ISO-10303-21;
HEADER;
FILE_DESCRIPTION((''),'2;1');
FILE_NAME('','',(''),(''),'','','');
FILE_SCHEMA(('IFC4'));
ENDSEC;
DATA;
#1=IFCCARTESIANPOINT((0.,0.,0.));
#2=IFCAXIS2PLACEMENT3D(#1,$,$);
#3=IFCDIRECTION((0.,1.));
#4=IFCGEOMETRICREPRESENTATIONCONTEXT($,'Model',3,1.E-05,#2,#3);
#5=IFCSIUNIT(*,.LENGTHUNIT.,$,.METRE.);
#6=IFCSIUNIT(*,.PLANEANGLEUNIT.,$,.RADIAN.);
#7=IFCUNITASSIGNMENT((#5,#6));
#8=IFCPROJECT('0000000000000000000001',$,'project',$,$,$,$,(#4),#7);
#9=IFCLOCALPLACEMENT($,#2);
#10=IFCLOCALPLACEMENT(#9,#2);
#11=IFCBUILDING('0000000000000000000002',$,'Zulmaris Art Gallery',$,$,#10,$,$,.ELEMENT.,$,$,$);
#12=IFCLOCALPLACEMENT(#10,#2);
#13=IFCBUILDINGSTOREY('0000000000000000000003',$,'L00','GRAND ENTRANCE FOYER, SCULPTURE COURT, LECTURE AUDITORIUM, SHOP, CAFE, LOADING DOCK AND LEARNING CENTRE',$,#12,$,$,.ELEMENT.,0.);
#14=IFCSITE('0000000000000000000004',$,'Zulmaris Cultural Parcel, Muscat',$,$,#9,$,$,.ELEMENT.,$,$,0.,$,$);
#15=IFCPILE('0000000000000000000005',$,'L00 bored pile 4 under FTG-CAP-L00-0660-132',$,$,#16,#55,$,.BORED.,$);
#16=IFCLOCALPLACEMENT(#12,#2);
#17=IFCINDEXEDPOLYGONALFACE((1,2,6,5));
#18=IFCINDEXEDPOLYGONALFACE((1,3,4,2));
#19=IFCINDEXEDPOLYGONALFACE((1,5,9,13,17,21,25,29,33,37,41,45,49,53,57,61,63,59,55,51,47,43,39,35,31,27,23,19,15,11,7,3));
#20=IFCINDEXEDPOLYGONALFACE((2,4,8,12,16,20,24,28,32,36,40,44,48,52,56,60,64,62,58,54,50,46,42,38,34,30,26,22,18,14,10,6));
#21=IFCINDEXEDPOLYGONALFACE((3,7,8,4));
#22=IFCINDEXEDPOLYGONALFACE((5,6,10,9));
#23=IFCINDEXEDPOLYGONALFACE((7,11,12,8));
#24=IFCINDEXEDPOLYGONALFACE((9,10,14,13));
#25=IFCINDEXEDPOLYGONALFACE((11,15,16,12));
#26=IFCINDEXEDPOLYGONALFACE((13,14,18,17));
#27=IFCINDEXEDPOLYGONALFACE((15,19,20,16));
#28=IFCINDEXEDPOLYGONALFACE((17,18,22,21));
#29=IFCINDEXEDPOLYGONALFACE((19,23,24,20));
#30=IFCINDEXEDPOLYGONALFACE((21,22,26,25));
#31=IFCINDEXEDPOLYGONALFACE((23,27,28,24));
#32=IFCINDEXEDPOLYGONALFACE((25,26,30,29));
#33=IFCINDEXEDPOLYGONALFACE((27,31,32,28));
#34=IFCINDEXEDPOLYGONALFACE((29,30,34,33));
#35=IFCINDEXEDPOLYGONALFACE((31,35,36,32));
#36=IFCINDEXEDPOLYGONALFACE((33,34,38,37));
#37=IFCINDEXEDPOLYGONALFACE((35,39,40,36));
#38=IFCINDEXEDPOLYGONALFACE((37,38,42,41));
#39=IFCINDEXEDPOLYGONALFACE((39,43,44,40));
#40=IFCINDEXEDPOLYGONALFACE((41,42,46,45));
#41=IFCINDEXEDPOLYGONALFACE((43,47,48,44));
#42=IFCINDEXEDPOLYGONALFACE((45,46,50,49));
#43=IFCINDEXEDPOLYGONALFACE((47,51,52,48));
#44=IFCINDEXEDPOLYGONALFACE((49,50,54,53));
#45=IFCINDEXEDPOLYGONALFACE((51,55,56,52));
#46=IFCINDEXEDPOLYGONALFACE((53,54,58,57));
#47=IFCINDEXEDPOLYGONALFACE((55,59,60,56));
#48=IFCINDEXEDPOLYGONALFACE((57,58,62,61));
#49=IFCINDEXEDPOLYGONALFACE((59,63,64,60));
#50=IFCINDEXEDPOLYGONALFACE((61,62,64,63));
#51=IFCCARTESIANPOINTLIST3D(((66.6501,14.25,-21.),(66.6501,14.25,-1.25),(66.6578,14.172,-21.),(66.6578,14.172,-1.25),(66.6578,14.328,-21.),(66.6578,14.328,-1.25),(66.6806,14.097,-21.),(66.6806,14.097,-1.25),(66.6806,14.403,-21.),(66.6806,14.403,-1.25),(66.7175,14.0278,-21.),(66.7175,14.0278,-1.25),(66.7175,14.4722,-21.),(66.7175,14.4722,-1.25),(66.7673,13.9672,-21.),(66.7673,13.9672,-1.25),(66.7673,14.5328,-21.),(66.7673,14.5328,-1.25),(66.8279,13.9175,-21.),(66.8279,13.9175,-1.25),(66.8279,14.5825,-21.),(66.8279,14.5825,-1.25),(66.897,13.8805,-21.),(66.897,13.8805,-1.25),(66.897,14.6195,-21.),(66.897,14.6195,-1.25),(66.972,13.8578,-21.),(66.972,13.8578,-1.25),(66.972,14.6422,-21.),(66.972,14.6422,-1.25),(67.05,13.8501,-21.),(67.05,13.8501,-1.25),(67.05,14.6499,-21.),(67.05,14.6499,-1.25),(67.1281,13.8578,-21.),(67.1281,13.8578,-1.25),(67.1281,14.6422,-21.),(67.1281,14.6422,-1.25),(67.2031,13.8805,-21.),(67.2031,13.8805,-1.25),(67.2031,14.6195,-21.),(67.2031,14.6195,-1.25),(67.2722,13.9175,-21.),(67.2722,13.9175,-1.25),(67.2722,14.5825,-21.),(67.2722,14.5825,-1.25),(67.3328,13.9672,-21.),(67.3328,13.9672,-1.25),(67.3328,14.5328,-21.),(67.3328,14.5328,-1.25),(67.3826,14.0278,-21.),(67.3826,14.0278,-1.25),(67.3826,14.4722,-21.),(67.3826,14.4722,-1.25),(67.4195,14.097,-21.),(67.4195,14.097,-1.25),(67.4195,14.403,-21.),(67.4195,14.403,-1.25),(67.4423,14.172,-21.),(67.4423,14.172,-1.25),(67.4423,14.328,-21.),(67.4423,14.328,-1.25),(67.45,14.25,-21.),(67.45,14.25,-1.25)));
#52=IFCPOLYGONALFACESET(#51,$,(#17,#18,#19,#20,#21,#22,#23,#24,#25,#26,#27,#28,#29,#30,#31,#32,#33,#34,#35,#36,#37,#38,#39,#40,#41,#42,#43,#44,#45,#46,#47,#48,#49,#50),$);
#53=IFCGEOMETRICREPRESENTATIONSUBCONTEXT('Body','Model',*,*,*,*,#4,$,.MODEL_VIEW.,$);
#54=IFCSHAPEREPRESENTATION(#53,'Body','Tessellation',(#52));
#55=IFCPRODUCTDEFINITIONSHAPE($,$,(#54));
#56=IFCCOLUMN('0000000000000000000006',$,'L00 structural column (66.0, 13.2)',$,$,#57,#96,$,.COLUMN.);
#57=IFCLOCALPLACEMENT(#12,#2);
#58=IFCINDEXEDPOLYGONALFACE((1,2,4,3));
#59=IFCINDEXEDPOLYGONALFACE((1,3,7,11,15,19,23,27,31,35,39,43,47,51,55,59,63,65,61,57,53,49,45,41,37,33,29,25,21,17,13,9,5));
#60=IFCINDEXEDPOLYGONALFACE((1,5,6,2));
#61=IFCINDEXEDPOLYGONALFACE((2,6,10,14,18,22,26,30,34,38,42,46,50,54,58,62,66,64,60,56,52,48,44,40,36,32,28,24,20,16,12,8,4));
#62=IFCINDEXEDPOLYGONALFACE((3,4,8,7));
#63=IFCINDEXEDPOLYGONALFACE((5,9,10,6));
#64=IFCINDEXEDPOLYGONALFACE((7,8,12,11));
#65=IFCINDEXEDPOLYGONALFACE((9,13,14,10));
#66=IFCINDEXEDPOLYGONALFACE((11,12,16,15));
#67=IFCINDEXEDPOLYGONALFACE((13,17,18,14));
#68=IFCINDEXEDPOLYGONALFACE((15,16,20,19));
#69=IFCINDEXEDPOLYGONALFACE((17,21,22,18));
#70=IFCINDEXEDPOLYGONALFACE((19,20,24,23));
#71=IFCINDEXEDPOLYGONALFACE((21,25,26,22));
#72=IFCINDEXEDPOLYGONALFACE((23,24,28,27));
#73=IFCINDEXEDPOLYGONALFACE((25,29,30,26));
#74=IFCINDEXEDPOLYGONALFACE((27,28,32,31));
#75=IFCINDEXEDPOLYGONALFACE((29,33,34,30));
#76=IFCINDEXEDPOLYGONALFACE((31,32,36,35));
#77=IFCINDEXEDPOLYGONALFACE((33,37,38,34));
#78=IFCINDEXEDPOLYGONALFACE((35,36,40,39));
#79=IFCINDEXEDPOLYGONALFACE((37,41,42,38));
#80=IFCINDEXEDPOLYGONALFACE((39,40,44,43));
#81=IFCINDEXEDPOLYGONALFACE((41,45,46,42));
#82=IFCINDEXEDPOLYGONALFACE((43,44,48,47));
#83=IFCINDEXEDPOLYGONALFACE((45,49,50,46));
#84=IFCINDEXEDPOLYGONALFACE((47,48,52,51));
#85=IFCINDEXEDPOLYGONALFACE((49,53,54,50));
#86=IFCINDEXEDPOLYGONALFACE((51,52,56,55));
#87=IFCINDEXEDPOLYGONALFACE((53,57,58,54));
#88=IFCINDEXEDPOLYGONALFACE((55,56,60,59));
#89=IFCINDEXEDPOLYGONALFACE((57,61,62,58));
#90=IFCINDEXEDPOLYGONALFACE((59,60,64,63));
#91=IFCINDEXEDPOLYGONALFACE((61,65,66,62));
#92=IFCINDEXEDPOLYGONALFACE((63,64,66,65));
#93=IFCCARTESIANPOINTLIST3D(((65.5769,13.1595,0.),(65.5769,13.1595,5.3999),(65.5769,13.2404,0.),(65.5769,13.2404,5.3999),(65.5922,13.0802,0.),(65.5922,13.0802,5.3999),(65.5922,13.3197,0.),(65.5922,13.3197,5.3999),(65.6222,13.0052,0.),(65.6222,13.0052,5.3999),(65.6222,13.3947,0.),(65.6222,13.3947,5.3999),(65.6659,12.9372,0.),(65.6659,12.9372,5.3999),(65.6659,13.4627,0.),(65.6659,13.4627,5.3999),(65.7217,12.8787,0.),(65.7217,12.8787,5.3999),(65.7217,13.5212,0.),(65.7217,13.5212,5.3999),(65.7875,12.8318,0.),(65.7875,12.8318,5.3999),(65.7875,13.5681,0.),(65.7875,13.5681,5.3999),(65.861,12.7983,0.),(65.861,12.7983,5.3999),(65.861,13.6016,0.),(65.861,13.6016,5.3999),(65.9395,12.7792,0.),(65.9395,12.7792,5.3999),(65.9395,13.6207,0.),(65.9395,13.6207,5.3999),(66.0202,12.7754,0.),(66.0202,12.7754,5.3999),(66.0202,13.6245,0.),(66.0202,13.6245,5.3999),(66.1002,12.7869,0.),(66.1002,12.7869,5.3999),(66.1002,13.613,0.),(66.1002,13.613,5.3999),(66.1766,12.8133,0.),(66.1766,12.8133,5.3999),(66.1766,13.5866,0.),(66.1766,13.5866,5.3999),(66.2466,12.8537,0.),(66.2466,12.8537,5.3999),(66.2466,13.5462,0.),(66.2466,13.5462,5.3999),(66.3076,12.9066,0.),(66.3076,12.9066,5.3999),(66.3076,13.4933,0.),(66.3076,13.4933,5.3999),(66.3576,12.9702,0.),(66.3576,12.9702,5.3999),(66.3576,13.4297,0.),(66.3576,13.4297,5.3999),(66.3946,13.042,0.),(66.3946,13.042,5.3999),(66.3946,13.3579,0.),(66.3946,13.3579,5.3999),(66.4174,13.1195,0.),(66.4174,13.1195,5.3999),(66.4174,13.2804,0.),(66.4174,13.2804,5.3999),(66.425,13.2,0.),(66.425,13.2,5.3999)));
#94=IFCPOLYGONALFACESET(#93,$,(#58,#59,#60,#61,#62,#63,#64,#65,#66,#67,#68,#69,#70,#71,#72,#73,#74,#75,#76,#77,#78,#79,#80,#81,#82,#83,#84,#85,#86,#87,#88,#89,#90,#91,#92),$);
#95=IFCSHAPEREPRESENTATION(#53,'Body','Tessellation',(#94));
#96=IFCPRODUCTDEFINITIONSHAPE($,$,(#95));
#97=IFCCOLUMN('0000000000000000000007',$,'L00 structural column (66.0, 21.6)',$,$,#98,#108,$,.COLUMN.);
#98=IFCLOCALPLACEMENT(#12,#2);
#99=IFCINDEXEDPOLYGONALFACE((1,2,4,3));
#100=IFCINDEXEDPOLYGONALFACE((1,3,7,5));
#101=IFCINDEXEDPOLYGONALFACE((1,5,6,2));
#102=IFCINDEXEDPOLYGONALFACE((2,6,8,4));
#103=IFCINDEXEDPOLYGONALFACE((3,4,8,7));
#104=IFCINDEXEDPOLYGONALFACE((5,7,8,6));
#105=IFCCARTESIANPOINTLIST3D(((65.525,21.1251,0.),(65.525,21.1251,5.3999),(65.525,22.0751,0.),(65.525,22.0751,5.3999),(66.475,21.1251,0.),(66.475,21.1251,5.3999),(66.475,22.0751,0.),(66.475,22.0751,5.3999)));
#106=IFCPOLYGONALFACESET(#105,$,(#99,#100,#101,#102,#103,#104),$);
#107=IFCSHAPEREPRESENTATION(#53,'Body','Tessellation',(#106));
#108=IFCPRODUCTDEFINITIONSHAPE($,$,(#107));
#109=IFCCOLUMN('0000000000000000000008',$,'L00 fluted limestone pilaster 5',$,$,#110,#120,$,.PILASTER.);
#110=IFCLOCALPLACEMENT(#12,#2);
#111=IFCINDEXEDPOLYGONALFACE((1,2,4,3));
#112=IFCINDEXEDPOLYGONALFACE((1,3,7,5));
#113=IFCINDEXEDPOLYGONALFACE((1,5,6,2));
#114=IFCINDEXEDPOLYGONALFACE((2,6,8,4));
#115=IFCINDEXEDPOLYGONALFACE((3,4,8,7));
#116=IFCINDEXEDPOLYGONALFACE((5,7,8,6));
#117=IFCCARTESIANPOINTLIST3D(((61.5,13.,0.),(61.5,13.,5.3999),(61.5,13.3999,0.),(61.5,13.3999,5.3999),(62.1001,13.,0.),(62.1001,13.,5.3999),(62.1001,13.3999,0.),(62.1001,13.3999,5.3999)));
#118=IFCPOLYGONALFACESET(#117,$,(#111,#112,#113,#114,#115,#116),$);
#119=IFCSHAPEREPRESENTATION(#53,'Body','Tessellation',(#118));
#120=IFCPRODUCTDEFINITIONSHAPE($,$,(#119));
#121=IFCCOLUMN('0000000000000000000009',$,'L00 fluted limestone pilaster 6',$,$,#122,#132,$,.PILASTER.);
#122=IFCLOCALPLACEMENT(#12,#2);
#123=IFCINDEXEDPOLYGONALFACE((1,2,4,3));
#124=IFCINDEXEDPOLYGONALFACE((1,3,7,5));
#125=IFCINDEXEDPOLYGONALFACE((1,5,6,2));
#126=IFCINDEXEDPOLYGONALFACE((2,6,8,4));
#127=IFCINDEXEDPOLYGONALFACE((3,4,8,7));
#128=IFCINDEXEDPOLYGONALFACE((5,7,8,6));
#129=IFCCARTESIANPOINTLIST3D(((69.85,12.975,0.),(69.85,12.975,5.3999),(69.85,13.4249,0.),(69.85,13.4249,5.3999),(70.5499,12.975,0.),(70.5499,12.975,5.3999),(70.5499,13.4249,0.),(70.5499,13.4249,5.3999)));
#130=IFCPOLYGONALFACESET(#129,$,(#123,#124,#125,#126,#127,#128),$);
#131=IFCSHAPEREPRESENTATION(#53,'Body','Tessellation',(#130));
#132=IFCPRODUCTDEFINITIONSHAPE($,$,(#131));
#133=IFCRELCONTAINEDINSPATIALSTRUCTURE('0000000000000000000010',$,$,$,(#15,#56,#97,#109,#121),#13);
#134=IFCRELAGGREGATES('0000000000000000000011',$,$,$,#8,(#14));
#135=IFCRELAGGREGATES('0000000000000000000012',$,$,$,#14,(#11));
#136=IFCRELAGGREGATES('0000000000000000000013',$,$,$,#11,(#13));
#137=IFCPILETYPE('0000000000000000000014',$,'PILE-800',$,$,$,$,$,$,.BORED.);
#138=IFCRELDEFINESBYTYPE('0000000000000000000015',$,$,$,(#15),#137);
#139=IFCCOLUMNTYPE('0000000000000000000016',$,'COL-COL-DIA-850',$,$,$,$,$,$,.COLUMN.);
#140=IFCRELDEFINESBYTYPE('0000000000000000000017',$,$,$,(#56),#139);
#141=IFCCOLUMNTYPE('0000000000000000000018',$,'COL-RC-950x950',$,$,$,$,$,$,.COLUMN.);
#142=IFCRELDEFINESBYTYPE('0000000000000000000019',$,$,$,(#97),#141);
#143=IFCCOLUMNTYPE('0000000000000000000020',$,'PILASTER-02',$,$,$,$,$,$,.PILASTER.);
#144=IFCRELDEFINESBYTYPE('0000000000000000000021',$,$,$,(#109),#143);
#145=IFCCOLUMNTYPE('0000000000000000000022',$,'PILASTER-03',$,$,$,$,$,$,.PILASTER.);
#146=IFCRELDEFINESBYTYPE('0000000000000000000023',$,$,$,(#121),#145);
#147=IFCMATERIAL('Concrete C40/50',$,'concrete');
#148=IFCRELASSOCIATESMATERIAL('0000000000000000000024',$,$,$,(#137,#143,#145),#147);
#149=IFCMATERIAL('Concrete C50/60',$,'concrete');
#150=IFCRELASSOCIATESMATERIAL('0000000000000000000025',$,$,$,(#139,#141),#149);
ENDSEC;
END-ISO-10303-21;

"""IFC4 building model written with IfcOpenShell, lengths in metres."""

from ifc_helpers import new_model, si_unit, direction, frame, origin, origin_2d, place, context, subcontext, project, spatial, rectangle, circle, extrude, material, material_profile, profile_set, type_object, element, save


model = new_model("IFC4")

# Units and contexts
model_context = context("Model", 3, precision=1e-05, world=origin(), true_north=direction((0.0, 1.0)))
body_context = subcontext(model_context, "Body", "Model", "MODEL_VIEW")
ifc_project = project(units=[si_unit("LENGTHUNIT", "METRE"), si_unit("PLANEANGLEUNIT", "RADIAN")], contexts=[model_context])

# Site, building, storey
site_placement = place(None, origin())
site = spatial("IfcSite", under=ifc_project, at=site_placement, Name="Zulmaris Cultural Parcel, Muscat", CompositionType="ELEMENT", RefElevation=0.0)
building_placement = place(site_placement, origin())
building = spatial("IfcBuilding", under=site, at=building_placement, Name="Zulmaris Art Gallery", CompositionType="ELEMENT")
storey_placement = place(building_placement, origin())
storey = spatial("IfcBuildingStorey", under=building, at=storey_placement, Name="L00", Description="GRAND ENTRANCE FOYER, SCULPTURE COURT, LECTURE AUDITORIUM, SHOP, CAFE, LOADING DOCK AND LEARNING CENTRE", CompositionType="ELEMENT", Elevation=0.0)

# Pile
ifc_material_1 = material(Name="Concrete C40/50", Category="concrete")
ifc_material_profile_1 = material_profile(ifc_material_1, circle(Radius=0.3999, at=origin_2d()), Name="PILE DIA 800")
ifc_profile_set_1 = profile_set([ifc_material_profile_1], Name="Concrete C40/50")
pile_type_1 = type_object("IfcPileType", Name="PILE-800", PredefinedType="BORED", material=ifc_profile_set_1)
for number, where, z_axis, x_axis, name in (
    (1, (67.05, 14.25, -1.25), (0.0, 0.0, -1.0), (1.0, 0.0, 0.0), "L00 bored pile 4 under FTG-CAP-L00-0660-132"),
):
    element("IfcPile", number, at=place(storey_placement, frame(where, z_axis=z_axis, x_axis=x_axis)), inside=storey, type_object=pile_type_1, Name=name, PredefinedType="BORED", context=body_context, shape_type="SweptSolid", body=[
        extrude(circle(Radius=0.3999, at=origin_2d()), origin(), (0.0, 0.0, 1.0), 19.75),
    ])

# Columns
ifc_material_2 = material(Name="Concrete C50/60", Category="concrete")
ifc_material_profile_2 = material_profile(ifc_material_2, circle(Radius=0.425, at=origin_2d()), Name="COL DIA 850")
ifc_profile_set_2 = profile_set([ifc_material_profile_2], Name="Concrete C50/60")
column_type_1 = type_object("IfcColumnType", Name="COL-COL-DIA-850", PredefinedType="COLUMN", material=ifc_profile_set_2)
column_1_placement = place(storey_placement, frame((66.0, 13.2, 0.0), z_axis=(0.0, 0.0, 1.0), x_axis=(1.0, 0.0, 0.0)))
element("IfcColumn", 2, at=column_1_placement, inside=storey, type_object=column_type_1, Name="L00 structural column (66.0, 13.2)", PredefinedType="COLUMN", context=body_context, shape_type="SweptSolid", body=[
    extrude(circle(Radius=0.425, at=origin_2d()), origin(), (0.0, 0.0, 1.0), 5.3999),
])
ifc_material_profile_3 = material_profile(ifc_material_2, rectangle(XDim=0.95, YDim=0.95, at=origin_2d()), Name="RC 950x950")
ifc_profile_set_3 = profile_set([ifc_material_profile_3], Name="Concrete C50/60")
column_type_2 = type_object("IfcColumnType", Name="COL-RC-950x950", PredefinedType="COLUMN", material=ifc_profile_set_3)
column_2_placement = place(storey_placement, frame((66.0, 21.6001, 0.0), z_axis=(0.0, 0.0, 1.0), x_axis=(1.0, 0.0, 0.0)))
element("IfcColumn", 3, at=column_2_placement, inside=storey, type_object=column_type_2, Name="L00 structural column (66.0, 21.6)", PredefinedType="COLUMN", context=body_context, shape_type="SweptSolid", body=[
    extrude(rectangle(XDim=0.95, YDim=0.95, at=origin_2d()), origin(), (0.0, 0.0, 1.0), 5.3999),
])
ifc_material_profile_4 = material_profile(ifc_material_1, rectangle(XDim=0.6001, YDim=0.3999, at=origin_2d()), Name="PIL 600x400")
ifc_profile_set_4 = profile_set([ifc_material_profile_4], Name="Concrete C40/50")
column_type_3 = type_object("IfcColumnType", Name="PILASTER-02", PredefinedType="PILASTER", material=ifc_profile_set_4)
column_3_placement = place(storey_placement, frame((61.8, 13.2, 0.0), z_axis=(0.0, 0.0, 1.0), x_axis=(1.0, 0.0, 0.0)))
element("IfcColumn", 4, at=column_3_placement, inside=storey, type_object=column_type_3, Name="L00 fluted limestone pilaster 5", PredefinedType="PILASTER", context=body_context, shape_type="SweptSolid", body=[
    extrude(rectangle(XDim=0.6001, YDim=0.3999, at=origin_2d()), origin(), (0.0, 0.0, 1.0), 5.3999),
])
ifc_material_profile_5 = material_profile(ifc_material_1, rectangle(XDim=0.7, YDim=0.45, at=origin_2d()), Name="PIL 700x450")
ifc_profile_set_5 = profile_set([ifc_material_profile_5], Name="Concrete C40/50")
column_type_4 = type_object("IfcColumnType", Name="PILASTER-03", PredefinedType="PILASTER", material=ifc_profile_set_5)
column_4_placement = place(storey_placement, frame((70.2, 13.2, 0.0), z_axis=(0.0, 0.0, 1.0), x_axis=(1.0, 0.0, 0.0)))
element("IfcColumn", 5, at=column_4_placement, inside=storey, type_object=column_type_4, Name="L00 fluted limestone pilaster 6", PredefinedType="PILASTER", context=body_context, shape_type="SweptSolid", body=[
    extrude(rectangle(XDim=0.7, YDim=0.45, at=origin_2d()), origin(), (0.0, 0.0, 1.0), 5.3999),
])

save(model, "model.ifc")
